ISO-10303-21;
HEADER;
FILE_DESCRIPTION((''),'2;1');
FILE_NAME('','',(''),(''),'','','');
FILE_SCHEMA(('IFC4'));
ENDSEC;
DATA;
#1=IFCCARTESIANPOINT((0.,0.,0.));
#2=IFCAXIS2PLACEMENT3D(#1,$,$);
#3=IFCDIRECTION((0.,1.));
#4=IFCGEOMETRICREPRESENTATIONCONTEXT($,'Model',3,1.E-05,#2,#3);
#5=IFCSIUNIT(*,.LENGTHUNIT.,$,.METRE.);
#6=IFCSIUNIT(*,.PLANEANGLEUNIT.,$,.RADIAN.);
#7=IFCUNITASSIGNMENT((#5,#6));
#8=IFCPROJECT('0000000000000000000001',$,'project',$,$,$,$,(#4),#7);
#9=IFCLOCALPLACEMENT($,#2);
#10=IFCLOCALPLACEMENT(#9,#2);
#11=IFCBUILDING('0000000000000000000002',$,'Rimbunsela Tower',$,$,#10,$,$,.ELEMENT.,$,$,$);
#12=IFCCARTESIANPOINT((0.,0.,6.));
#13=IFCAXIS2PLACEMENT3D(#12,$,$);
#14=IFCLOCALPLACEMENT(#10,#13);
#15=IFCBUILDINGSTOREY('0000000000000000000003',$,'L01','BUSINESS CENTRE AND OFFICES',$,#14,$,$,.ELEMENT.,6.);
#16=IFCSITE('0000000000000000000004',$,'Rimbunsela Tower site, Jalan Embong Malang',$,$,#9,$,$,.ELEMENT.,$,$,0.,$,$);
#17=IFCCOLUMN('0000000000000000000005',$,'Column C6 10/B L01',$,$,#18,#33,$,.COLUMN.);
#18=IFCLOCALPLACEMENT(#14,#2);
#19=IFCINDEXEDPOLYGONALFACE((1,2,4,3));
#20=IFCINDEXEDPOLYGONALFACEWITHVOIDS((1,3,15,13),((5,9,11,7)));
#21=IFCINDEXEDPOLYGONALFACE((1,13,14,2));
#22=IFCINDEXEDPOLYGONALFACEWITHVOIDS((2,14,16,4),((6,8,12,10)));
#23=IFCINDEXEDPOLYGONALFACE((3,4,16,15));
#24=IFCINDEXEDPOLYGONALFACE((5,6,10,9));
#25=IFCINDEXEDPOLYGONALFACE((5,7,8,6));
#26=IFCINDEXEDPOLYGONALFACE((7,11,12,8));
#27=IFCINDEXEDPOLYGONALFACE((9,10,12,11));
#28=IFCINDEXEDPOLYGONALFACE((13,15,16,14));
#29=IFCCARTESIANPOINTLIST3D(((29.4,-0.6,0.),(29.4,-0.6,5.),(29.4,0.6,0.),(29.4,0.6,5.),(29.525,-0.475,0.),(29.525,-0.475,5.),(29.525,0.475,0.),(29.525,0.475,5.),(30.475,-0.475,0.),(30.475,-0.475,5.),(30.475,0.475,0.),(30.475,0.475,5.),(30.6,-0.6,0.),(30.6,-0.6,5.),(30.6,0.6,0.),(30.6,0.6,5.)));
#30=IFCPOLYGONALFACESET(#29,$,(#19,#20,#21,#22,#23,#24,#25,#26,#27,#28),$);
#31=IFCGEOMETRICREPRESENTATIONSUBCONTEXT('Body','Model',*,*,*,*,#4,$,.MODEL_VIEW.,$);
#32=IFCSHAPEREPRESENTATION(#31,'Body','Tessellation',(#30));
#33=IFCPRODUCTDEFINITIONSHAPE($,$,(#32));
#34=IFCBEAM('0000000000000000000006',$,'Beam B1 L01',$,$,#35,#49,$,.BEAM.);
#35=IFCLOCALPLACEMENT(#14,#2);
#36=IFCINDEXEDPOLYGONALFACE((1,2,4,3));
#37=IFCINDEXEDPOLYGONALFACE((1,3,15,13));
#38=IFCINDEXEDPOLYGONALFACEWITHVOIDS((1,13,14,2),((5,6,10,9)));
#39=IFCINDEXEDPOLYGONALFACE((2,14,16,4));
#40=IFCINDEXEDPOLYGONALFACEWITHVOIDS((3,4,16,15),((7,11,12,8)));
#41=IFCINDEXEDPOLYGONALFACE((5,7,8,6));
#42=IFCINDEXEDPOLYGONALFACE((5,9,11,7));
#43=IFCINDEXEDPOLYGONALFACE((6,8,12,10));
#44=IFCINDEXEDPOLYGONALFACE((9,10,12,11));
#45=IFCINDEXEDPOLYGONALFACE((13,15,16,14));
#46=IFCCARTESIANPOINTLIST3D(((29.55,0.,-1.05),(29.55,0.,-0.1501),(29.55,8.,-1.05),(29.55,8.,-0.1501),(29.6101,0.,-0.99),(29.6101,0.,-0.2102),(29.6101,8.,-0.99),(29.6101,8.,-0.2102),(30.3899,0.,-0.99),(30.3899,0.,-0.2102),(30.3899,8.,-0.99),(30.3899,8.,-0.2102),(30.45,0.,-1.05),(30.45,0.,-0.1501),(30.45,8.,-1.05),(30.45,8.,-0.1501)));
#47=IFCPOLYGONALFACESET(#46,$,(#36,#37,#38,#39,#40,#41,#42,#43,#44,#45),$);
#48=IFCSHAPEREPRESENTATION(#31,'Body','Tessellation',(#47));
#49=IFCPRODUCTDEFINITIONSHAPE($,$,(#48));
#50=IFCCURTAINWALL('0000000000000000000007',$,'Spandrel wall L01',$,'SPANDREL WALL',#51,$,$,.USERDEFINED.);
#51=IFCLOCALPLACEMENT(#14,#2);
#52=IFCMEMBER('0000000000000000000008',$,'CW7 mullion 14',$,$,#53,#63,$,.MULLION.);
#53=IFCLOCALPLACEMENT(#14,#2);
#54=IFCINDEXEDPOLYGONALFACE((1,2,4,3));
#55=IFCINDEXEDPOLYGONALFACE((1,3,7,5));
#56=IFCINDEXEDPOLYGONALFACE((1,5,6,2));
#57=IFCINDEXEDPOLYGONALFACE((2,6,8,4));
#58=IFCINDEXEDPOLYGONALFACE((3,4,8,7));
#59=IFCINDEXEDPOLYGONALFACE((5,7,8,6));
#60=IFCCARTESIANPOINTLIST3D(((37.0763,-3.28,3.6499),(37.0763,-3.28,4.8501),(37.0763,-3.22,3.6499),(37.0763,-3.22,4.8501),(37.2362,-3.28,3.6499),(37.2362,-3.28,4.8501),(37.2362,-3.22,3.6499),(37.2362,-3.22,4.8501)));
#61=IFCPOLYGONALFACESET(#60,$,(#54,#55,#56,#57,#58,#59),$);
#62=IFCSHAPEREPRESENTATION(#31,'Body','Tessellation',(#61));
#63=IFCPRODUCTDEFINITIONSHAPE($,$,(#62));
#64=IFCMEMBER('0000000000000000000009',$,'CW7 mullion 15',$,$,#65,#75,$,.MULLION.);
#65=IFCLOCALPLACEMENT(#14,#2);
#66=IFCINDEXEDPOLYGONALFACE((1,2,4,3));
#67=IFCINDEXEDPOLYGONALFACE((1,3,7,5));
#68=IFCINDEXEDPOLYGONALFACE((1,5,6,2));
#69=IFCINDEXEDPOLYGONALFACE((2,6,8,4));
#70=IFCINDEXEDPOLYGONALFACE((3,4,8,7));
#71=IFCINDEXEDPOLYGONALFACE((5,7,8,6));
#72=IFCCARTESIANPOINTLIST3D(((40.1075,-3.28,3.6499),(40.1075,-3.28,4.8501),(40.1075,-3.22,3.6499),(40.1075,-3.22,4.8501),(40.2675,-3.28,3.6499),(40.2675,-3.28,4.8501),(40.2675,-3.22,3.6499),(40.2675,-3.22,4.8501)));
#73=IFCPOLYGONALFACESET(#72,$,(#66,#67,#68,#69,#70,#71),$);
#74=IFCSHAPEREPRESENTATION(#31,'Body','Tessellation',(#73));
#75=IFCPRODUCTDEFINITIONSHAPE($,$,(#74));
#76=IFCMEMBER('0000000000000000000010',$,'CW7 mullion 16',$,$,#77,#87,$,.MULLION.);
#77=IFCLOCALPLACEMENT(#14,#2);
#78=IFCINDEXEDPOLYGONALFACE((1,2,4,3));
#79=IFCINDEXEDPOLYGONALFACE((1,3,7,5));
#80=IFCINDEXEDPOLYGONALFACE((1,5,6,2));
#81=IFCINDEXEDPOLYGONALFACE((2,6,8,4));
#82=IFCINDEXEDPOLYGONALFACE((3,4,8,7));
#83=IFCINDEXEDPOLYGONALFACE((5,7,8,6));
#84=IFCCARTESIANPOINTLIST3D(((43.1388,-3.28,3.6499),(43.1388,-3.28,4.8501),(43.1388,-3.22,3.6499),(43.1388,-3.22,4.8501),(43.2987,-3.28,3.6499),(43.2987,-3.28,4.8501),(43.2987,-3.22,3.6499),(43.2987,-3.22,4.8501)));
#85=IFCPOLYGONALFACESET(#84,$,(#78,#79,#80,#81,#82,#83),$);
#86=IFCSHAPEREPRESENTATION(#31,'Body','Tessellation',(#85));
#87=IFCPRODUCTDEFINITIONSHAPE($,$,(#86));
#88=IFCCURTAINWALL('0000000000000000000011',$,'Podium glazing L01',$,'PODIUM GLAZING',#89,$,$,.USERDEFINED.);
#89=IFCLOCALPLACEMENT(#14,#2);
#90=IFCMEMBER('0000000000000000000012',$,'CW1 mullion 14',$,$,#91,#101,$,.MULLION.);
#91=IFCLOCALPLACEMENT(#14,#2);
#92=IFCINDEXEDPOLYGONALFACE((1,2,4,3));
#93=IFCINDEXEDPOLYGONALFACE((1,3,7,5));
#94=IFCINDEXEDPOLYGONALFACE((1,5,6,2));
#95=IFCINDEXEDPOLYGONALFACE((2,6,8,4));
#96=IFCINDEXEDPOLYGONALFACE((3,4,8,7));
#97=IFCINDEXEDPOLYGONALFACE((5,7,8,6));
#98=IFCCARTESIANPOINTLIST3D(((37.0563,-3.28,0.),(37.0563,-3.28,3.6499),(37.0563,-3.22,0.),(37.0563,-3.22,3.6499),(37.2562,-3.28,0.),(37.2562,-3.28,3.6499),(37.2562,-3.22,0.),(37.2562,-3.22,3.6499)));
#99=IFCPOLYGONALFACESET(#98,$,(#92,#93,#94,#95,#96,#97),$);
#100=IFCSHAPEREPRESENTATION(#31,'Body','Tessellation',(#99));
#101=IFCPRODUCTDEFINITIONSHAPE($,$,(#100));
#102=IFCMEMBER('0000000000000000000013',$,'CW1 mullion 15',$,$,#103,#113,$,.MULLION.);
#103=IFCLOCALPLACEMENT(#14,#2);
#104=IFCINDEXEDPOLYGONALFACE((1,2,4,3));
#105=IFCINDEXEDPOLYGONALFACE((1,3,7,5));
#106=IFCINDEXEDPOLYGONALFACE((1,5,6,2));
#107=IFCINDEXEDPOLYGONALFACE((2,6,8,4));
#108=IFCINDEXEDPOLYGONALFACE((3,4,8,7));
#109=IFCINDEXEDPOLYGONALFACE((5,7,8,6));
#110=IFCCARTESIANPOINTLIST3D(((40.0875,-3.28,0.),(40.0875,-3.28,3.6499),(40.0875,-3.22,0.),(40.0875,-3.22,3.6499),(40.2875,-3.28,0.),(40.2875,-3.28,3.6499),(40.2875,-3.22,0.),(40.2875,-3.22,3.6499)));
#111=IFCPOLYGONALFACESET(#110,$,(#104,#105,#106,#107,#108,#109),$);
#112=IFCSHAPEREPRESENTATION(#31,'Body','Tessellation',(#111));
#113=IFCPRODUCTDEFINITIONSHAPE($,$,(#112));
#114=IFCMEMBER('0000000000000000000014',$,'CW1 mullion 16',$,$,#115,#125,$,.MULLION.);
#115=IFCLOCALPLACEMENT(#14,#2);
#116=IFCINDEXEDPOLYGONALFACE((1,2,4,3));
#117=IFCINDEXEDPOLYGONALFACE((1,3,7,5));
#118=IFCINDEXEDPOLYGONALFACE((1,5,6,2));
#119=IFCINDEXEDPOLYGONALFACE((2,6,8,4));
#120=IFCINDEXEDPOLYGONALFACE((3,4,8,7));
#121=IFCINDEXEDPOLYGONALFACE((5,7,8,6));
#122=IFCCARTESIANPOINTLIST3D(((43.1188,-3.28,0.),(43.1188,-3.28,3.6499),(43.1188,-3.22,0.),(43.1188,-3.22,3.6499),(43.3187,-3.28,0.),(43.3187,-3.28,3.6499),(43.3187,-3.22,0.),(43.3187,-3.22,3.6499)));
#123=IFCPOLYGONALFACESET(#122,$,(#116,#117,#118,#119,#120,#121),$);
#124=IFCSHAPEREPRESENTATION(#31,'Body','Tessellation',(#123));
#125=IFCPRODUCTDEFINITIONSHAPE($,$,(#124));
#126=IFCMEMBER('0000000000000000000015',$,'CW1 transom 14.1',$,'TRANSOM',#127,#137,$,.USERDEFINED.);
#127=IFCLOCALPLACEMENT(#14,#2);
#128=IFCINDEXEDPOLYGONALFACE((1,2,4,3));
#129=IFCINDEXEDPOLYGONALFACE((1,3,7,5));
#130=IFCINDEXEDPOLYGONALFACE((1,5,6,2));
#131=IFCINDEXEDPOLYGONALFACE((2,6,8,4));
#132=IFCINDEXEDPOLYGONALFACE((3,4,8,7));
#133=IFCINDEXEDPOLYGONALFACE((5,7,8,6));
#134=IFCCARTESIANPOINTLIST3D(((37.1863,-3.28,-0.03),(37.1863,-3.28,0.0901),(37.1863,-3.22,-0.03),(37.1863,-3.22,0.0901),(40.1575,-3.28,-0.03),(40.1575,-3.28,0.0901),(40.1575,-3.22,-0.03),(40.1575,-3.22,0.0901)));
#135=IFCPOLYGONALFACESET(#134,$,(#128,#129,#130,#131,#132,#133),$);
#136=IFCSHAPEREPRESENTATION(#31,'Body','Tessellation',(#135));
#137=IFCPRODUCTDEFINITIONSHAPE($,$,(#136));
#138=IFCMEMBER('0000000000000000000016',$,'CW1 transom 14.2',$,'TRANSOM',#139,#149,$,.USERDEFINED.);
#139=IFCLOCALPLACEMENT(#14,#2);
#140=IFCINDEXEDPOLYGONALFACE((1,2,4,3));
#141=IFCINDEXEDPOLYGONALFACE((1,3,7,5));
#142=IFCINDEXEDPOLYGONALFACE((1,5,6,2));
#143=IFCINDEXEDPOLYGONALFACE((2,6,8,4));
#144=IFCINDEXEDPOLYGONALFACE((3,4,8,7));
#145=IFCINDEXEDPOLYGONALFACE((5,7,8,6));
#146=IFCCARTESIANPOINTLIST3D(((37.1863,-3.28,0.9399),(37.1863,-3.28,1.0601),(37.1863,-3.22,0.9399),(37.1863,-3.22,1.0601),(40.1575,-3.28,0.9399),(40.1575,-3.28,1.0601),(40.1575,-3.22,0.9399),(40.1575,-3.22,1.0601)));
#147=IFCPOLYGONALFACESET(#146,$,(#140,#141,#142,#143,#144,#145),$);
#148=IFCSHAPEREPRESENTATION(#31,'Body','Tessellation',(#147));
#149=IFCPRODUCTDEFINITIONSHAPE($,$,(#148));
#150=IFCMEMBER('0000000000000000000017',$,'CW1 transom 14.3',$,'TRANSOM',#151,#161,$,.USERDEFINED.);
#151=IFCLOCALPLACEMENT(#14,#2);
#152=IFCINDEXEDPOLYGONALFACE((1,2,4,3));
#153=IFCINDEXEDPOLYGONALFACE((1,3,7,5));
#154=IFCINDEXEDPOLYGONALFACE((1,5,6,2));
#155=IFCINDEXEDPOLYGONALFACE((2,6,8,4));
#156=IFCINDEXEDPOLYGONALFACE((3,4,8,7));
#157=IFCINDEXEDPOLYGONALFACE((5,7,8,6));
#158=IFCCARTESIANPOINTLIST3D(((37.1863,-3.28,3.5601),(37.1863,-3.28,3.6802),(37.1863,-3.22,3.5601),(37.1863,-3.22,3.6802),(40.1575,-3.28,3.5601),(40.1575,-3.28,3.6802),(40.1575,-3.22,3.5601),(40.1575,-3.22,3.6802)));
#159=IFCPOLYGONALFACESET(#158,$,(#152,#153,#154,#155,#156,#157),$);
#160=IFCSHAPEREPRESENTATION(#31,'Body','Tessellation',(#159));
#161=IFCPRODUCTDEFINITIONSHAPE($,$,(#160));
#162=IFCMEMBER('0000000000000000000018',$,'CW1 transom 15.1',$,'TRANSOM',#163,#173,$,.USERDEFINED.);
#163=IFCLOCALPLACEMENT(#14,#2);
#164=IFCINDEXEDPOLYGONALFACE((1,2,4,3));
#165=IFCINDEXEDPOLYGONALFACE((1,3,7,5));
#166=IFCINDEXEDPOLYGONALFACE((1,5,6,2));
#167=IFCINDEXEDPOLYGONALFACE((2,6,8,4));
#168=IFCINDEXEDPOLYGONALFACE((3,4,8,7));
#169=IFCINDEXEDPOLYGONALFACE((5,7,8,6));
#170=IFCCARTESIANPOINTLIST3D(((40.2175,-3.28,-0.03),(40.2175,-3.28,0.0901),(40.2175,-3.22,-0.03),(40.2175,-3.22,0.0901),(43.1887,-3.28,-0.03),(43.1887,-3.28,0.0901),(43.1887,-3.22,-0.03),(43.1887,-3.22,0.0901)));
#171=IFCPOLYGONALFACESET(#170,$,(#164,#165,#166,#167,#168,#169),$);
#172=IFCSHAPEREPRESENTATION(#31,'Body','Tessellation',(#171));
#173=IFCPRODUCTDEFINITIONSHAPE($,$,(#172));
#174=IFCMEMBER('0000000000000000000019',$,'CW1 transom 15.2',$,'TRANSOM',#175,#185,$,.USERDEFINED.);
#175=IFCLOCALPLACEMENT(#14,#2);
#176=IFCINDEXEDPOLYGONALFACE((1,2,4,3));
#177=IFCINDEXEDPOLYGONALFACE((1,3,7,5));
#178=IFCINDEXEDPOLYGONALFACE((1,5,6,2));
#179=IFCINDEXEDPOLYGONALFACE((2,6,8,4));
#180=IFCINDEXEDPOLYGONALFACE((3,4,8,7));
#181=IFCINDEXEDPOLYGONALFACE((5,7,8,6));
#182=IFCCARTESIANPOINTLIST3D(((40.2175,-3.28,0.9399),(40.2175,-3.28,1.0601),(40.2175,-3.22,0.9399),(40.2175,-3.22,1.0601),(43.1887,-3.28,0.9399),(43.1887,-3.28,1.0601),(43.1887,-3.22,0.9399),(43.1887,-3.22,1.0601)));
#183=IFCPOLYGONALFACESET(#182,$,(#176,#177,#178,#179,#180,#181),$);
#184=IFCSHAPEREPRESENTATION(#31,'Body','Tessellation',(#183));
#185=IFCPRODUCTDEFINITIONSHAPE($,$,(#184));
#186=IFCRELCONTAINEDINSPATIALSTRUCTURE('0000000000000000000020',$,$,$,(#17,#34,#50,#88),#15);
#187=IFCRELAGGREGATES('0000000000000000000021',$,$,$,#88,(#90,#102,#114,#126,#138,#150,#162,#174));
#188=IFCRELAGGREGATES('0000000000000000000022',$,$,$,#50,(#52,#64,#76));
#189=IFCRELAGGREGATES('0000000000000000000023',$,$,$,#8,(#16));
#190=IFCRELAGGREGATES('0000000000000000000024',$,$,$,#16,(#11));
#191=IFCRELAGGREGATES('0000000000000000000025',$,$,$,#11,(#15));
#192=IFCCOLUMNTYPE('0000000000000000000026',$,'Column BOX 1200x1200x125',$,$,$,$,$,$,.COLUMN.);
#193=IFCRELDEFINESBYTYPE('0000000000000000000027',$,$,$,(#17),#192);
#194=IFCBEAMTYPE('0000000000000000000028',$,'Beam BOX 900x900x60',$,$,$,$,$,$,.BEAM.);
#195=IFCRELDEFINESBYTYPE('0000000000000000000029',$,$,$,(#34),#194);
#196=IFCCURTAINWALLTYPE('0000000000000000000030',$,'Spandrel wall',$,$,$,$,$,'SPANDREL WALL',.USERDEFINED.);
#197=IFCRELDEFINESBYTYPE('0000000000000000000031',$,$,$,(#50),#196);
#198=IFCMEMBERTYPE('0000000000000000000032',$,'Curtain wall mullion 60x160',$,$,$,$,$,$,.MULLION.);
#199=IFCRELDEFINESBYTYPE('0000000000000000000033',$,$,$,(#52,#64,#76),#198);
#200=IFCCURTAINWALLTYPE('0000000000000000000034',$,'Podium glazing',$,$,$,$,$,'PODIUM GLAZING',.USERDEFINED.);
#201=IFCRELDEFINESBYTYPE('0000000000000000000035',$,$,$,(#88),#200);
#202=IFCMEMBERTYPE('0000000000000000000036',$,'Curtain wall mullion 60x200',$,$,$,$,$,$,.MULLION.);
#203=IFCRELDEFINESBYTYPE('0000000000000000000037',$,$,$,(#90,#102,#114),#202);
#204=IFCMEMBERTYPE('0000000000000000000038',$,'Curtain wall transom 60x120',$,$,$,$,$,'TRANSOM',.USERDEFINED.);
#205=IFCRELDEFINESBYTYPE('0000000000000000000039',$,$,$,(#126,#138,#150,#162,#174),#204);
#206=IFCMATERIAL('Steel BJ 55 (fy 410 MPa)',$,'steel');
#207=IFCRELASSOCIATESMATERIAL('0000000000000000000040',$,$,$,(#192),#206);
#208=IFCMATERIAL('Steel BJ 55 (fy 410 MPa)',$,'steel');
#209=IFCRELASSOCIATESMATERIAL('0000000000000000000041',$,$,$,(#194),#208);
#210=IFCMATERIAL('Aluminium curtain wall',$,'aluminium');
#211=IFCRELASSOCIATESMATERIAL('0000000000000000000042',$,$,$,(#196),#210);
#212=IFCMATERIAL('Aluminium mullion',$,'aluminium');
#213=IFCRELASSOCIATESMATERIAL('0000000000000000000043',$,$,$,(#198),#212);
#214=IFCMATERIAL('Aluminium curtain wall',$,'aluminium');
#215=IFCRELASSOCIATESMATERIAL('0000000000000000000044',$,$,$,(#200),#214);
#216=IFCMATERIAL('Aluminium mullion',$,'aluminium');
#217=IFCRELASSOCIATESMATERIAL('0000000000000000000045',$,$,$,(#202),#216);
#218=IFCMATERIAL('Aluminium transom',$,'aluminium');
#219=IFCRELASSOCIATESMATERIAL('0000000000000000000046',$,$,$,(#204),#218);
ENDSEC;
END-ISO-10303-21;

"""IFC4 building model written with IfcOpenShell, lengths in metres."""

from ifc_helpers import new_model, si_unit, direction, frame, origin, origin_2d, place, context, subcontext, project, spatial, rectangle, hollow_rectangle, extrude, material, material_profile, profile_set, type_object, element, aggregate, save


model = new_model("IFC4")

# Units and contexts
model_context = context("Model", 3, precision=1e-05, world=origin(), true_north=direction((0.0, 1.0)))
body_context = subcontext(model_context, "Body", "Model", "MODEL_VIEW")
ifc_project = project(units=[si_unit("LENGTHUNIT", "METRE"), si_unit("PLANEANGLEUNIT", "RADIAN")], contexts=[model_context])

# Site, building, storey
site_placement = place(None, origin())
site = spatial("IfcSite", under=ifc_project, at=site_placement, Name="Rimbunsela Tower site, Jalan Embong Malang", CompositionType="ELEMENT", RefElevation=0.0)
building_placement = place(site_placement, origin())
building = spatial("IfcBuilding", under=site, at=building_placement, Name="Rimbunsela Tower", CompositionType="ELEMENT")
storey_placement = place(building_placement, frame((0.0, 0.0, 6.0)))
storey = spatial("IfcBuildingStorey", under=building, at=storey_placement, Name="L01", Description="BUSINESS CENTRE AND OFFICES", CompositionType="ELEMENT", Elevation=6.0)

# Column
ifc_material_1 = material(Name="Steel BJ 55 (fy 410 MPa)", Category="steel")
ifc_material_profile_1 = material_profile(ifc_material_1, hollow_rectangle(XDim=1.2, YDim=1.2, WallThickness=0.125, at=origin_2d()), Name="BOX 1200x1200x125")
ifc_profile_set_1 = profile_set([ifc_material_profile_1], Name="Steel BJ 55 (fy 410 MPa)")
column_type = type_object("IfcColumnType", Name="Column BOX 1200x1200x125", PredefinedType="COLUMN", material=ifc_profile_set_1)
column_placement = place(storey_placement, frame((30.0, 0.0, 0.0), z_axis=(0.0, 0.0, 1.0), x_axis=(1.0, 0.0, 0.0)))
element("IfcColumn", 1, at=column_placement, inside=storey, type_object=column_type, Name="Column C6 10/B L01", PredefinedType="COLUMN", context=body_context, shape_type="SweptSolid", body=[
    extrude(hollow_rectangle(XDim=1.2, YDim=1.2, WallThickness=0.125, at=origin_2d()), origin(), (0.0, 0.0, 1.0), 5.0),
])

# Beam
ifc_material_2 = material(Name="Steel BJ 55 (fy 410 MPa)", Category="steel")
ifc_material_profile_2 = material_profile(ifc_material_2, hollow_rectangle(XDim=0.8999, YDim=0.8999, WallThickness=0.0601, at=origin_2d()), Name="BOX 900x900x60")
ifc_profile_set_2 = profile_set([ifc_material_profile_2], Name="Steel BJ 55 (fy 410 MPa)")
beam_type = type_object("IfcBeamType", Name="Beam BOX 900x900x60", PredefinedType="BEAM", material=ifc_profile_set_2)
beam_placement = place(storey_placement, frame((30.0, 0.0, -0.6001), z_axis=(0.0, 1.0, 0.0), x_axis=(-1.0, 0.0, 0.0)))
element("IfcBeam", 2, at=beam_placement, inside=storey, type_object=beam_type, Name="Beam B1 L01", PredefinedType="BEAM", context=body_context, shape_type="SweptSolid", body=[
    extrude(hollow_rectangle(XDim=0.8999, YDim=0.8999, WallThickness=0.0601, at=origin_2d()), origin(), (0.0, 0.0, 1.0), 8.0),
])

# Curtain walls, members
ifc_material_3 = material(Name="Aluminium curtain wall", Category="aluminium")
curtain_wall_type_1 = type_object("IfcCurtainWallType", Name="Spandrel wall", ElementType="SPANDREL WALL", PredefinedType="USERDEFINED", material=ifc_material_3)
curtain_wall_1_placement = place(storey_placement, origin())
curtain_wall_1 = element("IfcCurtainWall", 3, at=curtain_wall_1_placement, inside=storey, type_object=curtain_wall_type_1, Name="Spandrel wall L01", ObjectType="SPANDREL WALL", PredefinedType="USERDEFINED")
ifc_material_4 = material(Name="Aluminium mullion", Category="aluminium")
ifc_material_profile_3 = material_profile(ifc_material_4, rectangle(XDim=0.0601, YDim=0.1599, at=origin_2d()), Name="Mullion 60x160")
ifc_profile_set_3 = profile_set([ifc_material_profile_3], Name="Aluminium mullion")
member_type_1 = type_object("IfcMemberType", Name="Curtain wall mullion 60x160", PredefinedType="MULLION", material=ifc_profile_set_3)
member_1_placement = place(storey_placement, frame((37.1562, -3.25, 3.6499), z_axis=(0.0, 0.0, 1.0), x_axis=(0.0, 1.0, 0.0)))
member_1 = element("IfcMember", 4, at=member_1_placement, type_object=member_type_1, Name="CW7 mullion 14", PredefinedType="MULLION", context=body_context, shape_type="SweptSolid", body=[
    extrude(rectangle(XDim=0.0601, YDim=0.1599, at=origin_2d()), origin(), (0.0, 0.0, 1.0), 1.2002),
])
member_2_placement = place(storey_placement, frame((40.1875, -3.25, 3.6499), z_axis=(0.0, 0.0, 1.0), x_axis=(0.0, 1.0, 0.0)))
member_2 = element("IfcMember", 5, at=member_2_placement, type_object=member_type_1, Name="CW7 mullion 15", PredefinedType="MULLION", context=body_context, shape_type="SweptSolid", body=[
    extrude(rectangle(XDim=0.0601, YDim=0.1599, at=origin_2d()), origin(), (0.0, 0.0, 1.0), 1.2002),
])
member_3_placement = place(storey_placement, frame((43.2188, -3.25, 3.6499), z_axis=(0.0, 0.0, 1.0), x_axis=(0.0, 1.0, 0.0)))
member_3 = element("IfcMember", 6, at=member_3_placement, type_object=member_type_1, Name="CW7 mullion 16", PredefinedType="MULLION", context=body_context, shape_type="SweptSolid", body=[
    extrude(rectangle(XDim=0.0601, YDim=0.1599, at=origin_2d()), origin(), (0.0, 0.0, 1.0), 1.2002),
])
ifc_material_5 = material(Name="Aluminium curtain wall", Category="aluminium")
curtain_wall_type_2 = type_object("IfcCurtainWallType", Name="Podium glazing", ElementType="PODIUM GLAZING", PredefinedType="USERDEFINED", material=ifc_material_5)
curtain_wall_2_placement = place(storey_placement, origin())
curtain_wall_2 = element("IfcCurtainWall", 7, at=curtain_wall_2_placement, inside=storey, type_object=curtain_wall_type_2, Name="Podium glazing L01", ObjectType="PODIUM GLAZING", PredefinedType="USERDEFINED")
ifc_material_6 = material(Name="Aluminium mullion", Category="aluminium")
ifc_material_profile_4 = material_profile(ifc_material_6, rectangle(XDim=0.0601, YDim=0.2, at=origin_2d()), Name="Mullion 60x200")
ifc_profile_set_4 = profile_set([ifc_material_profile_4], Name="Aluminium mullion")
member_type_2 = type_object("IfcMemberType", Name="Curtain wall mullion 60x200", PredefinedType="MULLION", material=ifc_profile_set_4)
member_4_placement = place(storey_placement, frame((37.1562, -3.25, 0.0), z_axis=(0.0, 0.0, 1.0), x_axis=(0.0, 1.0, 0.0)))
member_4 = element("IfcMember", 8, at=member_4_placement, type_object=member_type_2, Name="CW1 mullion 14", PredefinedType="MULLION", context=body_context, shape_type="SweptSolid", body=[
    extrude(rectangle(XDim=0.0601, YDim=0.2, at=origin_2d()), origin(), (0.0, 0.0, 1.0), 3.6499),
])
member_5_placement = place(storey_placement, frame((40.1875, -3.25, 0.0), z_axis=(0.0, 0.0, 1.0), x_axis=(0.0, 1.0, 0.0)))
member_5 = element("IfcMember", 9, at=member_5_placement, type_object=member_type_2, Name="CW1 mullion 15", PredefinedType="MULLION", context=body_context, shape_type="SweptSolid", body=[
    extrude(rectangle(XDim=0.0601, YDim=0.2, at=origin_2d()), origin(), (0.0, 0.0, 1.0), 3.6499),
])
member_6_placement = place(storey_placement, frame((43.2188, -3.25, 0.0), z_axis=(0.0, 0.0, 1.0), x_axis=(0.0, 1.0, 0.0)))
member_6 = element("IfcMember", 10, at=member_6_placement, type_object=member_type_2, Name="CW1 mullion 16", PredefinedType="MULLION", context=body_context, shape_type="SweptSolid", body=[
    extrude(rectangle(XDim=0.0601, YDim=0.2, at=origin_2d()), origin(), (0.0, 0.0, 1.0), 3.6499),
])
ifc_material_7 = material(Name="Aluminium transom", Category="aluminium")
ifc_material_profile_5 = material_profile(ifc_material_7, rectangle(XDim=0.0601, YDim=0.1201, at=origin_2d()), Name="Transom 60x120")
ifc_profile_set_5 = profile_set([ifc_material_profile_5], Name="Aluminium transom")
member_type_3 = type_object("IfcMemberType", Name="Curtain wall transom 60x120", ElementType="TRANSOM", PredefinedType="USERDEFINED", material=ifc_profile_set_5)
member_7_placement = place(storey_placement, frame((37.1863, -3.25, 0.03), z_axis=(1.0, 0.0, 0.0), x_axis=(0.0, 1.0, 0.0)))
member_7 = element("IfcMember", 11, at=member_7_placement, type_object=member_type_3, Name="CW1 transom 14.1", ObjectType="TRANSOM", PredefinedType="USERDEFINED", context=body_context, shape_type="SweptSolid", body=[
    extrude(rectangle(XDim=0.0601, YDim=0.1201, at=origin_2d()), origin(), (0.0, 0.0, 1.0), 2.9712),
])
member_8_placement = place(storey_placement, frame((37.1863, -3.25, 1.0), z_axis=(1.0, 0.0, 0.0), x_axis=(0.0, 1.0, 0.0)))
member_8 = element("IfcMember", 12, at=member_8_placement, type_object=member_type_3, Name="CW1 transom 14.2", ObjectType="TRANSOM", PredefinedType="USERDEFINED", context=body_context, shape_type="SweptSolid", body=[
    extrude(rectangle(XDim=0.0601, YDim=0.1201, at=origin_2d()), origin(), (0.0, 0.0, 1.0), 2.9712),
])
member_9_placement = place(storey_placement, frame((37.1863, -3.25, 3.6201), z_axis=(1.0, 0.0, 0.0), x_axis=(0.0, 1.0, 0.0)))
member_9 = element("IfcMember", 13, at=member_9_placement, type_object=member_type_3, Name="CW1 transom 14.3", ObjectType="TRANSOM", PredefinedType="USERDEFINED", context=body_context, shape_type="SweptSolid", body=[
    extrude(rectangle(XDim=0.0601, YDim=0.1201, at=origin_2d()), origin(), (0.0, 0.0, 1.0), 2.9712),
])
member_10_placement = place(storey_placement, frame((40.2175, -3.25, 0.03), z_axis=(1.0, 0.0, 0.0), x_axis=(0.0, 1.0, 0.0)))
member_10 = element("IfcMember", 14, at=member_10_placement, type_object=member_type_3, Name="CW1 transom 15.1", ObjectType="TRANSOM", PredefinedType="USERDEFINED", context=body_context, shape_type="SweptSolid", body=[
    extrude(rectangle(XDim=0.0601, YDim=0.1201, at=origin_2d()), origin(), (0.0, 0.0, 1.0), 2.9712),
])
member_11_placement = place(storey_placement, frame((40.2175, -3.25, 1.0), z_axis=(1.0, 0.0, 0.0), x_axis=(0.0, 1.0, 0.0)))
member_11 = element("IfcMember", 15, at=member_11_placement, type_object=member_type_3, Name="CW1 transom 15.2", ObjectType="TRANSOM", PredefinedType="USERDEFINED", context=body_context, shape_type="SweptSolid", body=[
    extrude(rectangle(XDim=0.0601, YDim=0.1201, at=origin_2d()), origin(), (0.0, 0.0, 1.0), 2.9712),
])

aggregate(curtain_wall_2, [member_4, member_5, member_6, member_7, member_8, member_9, member_10, member_11])
aggregate(curtain_wall_1, [member_1, member_2, member_3])

save(model, "model.ifc")
